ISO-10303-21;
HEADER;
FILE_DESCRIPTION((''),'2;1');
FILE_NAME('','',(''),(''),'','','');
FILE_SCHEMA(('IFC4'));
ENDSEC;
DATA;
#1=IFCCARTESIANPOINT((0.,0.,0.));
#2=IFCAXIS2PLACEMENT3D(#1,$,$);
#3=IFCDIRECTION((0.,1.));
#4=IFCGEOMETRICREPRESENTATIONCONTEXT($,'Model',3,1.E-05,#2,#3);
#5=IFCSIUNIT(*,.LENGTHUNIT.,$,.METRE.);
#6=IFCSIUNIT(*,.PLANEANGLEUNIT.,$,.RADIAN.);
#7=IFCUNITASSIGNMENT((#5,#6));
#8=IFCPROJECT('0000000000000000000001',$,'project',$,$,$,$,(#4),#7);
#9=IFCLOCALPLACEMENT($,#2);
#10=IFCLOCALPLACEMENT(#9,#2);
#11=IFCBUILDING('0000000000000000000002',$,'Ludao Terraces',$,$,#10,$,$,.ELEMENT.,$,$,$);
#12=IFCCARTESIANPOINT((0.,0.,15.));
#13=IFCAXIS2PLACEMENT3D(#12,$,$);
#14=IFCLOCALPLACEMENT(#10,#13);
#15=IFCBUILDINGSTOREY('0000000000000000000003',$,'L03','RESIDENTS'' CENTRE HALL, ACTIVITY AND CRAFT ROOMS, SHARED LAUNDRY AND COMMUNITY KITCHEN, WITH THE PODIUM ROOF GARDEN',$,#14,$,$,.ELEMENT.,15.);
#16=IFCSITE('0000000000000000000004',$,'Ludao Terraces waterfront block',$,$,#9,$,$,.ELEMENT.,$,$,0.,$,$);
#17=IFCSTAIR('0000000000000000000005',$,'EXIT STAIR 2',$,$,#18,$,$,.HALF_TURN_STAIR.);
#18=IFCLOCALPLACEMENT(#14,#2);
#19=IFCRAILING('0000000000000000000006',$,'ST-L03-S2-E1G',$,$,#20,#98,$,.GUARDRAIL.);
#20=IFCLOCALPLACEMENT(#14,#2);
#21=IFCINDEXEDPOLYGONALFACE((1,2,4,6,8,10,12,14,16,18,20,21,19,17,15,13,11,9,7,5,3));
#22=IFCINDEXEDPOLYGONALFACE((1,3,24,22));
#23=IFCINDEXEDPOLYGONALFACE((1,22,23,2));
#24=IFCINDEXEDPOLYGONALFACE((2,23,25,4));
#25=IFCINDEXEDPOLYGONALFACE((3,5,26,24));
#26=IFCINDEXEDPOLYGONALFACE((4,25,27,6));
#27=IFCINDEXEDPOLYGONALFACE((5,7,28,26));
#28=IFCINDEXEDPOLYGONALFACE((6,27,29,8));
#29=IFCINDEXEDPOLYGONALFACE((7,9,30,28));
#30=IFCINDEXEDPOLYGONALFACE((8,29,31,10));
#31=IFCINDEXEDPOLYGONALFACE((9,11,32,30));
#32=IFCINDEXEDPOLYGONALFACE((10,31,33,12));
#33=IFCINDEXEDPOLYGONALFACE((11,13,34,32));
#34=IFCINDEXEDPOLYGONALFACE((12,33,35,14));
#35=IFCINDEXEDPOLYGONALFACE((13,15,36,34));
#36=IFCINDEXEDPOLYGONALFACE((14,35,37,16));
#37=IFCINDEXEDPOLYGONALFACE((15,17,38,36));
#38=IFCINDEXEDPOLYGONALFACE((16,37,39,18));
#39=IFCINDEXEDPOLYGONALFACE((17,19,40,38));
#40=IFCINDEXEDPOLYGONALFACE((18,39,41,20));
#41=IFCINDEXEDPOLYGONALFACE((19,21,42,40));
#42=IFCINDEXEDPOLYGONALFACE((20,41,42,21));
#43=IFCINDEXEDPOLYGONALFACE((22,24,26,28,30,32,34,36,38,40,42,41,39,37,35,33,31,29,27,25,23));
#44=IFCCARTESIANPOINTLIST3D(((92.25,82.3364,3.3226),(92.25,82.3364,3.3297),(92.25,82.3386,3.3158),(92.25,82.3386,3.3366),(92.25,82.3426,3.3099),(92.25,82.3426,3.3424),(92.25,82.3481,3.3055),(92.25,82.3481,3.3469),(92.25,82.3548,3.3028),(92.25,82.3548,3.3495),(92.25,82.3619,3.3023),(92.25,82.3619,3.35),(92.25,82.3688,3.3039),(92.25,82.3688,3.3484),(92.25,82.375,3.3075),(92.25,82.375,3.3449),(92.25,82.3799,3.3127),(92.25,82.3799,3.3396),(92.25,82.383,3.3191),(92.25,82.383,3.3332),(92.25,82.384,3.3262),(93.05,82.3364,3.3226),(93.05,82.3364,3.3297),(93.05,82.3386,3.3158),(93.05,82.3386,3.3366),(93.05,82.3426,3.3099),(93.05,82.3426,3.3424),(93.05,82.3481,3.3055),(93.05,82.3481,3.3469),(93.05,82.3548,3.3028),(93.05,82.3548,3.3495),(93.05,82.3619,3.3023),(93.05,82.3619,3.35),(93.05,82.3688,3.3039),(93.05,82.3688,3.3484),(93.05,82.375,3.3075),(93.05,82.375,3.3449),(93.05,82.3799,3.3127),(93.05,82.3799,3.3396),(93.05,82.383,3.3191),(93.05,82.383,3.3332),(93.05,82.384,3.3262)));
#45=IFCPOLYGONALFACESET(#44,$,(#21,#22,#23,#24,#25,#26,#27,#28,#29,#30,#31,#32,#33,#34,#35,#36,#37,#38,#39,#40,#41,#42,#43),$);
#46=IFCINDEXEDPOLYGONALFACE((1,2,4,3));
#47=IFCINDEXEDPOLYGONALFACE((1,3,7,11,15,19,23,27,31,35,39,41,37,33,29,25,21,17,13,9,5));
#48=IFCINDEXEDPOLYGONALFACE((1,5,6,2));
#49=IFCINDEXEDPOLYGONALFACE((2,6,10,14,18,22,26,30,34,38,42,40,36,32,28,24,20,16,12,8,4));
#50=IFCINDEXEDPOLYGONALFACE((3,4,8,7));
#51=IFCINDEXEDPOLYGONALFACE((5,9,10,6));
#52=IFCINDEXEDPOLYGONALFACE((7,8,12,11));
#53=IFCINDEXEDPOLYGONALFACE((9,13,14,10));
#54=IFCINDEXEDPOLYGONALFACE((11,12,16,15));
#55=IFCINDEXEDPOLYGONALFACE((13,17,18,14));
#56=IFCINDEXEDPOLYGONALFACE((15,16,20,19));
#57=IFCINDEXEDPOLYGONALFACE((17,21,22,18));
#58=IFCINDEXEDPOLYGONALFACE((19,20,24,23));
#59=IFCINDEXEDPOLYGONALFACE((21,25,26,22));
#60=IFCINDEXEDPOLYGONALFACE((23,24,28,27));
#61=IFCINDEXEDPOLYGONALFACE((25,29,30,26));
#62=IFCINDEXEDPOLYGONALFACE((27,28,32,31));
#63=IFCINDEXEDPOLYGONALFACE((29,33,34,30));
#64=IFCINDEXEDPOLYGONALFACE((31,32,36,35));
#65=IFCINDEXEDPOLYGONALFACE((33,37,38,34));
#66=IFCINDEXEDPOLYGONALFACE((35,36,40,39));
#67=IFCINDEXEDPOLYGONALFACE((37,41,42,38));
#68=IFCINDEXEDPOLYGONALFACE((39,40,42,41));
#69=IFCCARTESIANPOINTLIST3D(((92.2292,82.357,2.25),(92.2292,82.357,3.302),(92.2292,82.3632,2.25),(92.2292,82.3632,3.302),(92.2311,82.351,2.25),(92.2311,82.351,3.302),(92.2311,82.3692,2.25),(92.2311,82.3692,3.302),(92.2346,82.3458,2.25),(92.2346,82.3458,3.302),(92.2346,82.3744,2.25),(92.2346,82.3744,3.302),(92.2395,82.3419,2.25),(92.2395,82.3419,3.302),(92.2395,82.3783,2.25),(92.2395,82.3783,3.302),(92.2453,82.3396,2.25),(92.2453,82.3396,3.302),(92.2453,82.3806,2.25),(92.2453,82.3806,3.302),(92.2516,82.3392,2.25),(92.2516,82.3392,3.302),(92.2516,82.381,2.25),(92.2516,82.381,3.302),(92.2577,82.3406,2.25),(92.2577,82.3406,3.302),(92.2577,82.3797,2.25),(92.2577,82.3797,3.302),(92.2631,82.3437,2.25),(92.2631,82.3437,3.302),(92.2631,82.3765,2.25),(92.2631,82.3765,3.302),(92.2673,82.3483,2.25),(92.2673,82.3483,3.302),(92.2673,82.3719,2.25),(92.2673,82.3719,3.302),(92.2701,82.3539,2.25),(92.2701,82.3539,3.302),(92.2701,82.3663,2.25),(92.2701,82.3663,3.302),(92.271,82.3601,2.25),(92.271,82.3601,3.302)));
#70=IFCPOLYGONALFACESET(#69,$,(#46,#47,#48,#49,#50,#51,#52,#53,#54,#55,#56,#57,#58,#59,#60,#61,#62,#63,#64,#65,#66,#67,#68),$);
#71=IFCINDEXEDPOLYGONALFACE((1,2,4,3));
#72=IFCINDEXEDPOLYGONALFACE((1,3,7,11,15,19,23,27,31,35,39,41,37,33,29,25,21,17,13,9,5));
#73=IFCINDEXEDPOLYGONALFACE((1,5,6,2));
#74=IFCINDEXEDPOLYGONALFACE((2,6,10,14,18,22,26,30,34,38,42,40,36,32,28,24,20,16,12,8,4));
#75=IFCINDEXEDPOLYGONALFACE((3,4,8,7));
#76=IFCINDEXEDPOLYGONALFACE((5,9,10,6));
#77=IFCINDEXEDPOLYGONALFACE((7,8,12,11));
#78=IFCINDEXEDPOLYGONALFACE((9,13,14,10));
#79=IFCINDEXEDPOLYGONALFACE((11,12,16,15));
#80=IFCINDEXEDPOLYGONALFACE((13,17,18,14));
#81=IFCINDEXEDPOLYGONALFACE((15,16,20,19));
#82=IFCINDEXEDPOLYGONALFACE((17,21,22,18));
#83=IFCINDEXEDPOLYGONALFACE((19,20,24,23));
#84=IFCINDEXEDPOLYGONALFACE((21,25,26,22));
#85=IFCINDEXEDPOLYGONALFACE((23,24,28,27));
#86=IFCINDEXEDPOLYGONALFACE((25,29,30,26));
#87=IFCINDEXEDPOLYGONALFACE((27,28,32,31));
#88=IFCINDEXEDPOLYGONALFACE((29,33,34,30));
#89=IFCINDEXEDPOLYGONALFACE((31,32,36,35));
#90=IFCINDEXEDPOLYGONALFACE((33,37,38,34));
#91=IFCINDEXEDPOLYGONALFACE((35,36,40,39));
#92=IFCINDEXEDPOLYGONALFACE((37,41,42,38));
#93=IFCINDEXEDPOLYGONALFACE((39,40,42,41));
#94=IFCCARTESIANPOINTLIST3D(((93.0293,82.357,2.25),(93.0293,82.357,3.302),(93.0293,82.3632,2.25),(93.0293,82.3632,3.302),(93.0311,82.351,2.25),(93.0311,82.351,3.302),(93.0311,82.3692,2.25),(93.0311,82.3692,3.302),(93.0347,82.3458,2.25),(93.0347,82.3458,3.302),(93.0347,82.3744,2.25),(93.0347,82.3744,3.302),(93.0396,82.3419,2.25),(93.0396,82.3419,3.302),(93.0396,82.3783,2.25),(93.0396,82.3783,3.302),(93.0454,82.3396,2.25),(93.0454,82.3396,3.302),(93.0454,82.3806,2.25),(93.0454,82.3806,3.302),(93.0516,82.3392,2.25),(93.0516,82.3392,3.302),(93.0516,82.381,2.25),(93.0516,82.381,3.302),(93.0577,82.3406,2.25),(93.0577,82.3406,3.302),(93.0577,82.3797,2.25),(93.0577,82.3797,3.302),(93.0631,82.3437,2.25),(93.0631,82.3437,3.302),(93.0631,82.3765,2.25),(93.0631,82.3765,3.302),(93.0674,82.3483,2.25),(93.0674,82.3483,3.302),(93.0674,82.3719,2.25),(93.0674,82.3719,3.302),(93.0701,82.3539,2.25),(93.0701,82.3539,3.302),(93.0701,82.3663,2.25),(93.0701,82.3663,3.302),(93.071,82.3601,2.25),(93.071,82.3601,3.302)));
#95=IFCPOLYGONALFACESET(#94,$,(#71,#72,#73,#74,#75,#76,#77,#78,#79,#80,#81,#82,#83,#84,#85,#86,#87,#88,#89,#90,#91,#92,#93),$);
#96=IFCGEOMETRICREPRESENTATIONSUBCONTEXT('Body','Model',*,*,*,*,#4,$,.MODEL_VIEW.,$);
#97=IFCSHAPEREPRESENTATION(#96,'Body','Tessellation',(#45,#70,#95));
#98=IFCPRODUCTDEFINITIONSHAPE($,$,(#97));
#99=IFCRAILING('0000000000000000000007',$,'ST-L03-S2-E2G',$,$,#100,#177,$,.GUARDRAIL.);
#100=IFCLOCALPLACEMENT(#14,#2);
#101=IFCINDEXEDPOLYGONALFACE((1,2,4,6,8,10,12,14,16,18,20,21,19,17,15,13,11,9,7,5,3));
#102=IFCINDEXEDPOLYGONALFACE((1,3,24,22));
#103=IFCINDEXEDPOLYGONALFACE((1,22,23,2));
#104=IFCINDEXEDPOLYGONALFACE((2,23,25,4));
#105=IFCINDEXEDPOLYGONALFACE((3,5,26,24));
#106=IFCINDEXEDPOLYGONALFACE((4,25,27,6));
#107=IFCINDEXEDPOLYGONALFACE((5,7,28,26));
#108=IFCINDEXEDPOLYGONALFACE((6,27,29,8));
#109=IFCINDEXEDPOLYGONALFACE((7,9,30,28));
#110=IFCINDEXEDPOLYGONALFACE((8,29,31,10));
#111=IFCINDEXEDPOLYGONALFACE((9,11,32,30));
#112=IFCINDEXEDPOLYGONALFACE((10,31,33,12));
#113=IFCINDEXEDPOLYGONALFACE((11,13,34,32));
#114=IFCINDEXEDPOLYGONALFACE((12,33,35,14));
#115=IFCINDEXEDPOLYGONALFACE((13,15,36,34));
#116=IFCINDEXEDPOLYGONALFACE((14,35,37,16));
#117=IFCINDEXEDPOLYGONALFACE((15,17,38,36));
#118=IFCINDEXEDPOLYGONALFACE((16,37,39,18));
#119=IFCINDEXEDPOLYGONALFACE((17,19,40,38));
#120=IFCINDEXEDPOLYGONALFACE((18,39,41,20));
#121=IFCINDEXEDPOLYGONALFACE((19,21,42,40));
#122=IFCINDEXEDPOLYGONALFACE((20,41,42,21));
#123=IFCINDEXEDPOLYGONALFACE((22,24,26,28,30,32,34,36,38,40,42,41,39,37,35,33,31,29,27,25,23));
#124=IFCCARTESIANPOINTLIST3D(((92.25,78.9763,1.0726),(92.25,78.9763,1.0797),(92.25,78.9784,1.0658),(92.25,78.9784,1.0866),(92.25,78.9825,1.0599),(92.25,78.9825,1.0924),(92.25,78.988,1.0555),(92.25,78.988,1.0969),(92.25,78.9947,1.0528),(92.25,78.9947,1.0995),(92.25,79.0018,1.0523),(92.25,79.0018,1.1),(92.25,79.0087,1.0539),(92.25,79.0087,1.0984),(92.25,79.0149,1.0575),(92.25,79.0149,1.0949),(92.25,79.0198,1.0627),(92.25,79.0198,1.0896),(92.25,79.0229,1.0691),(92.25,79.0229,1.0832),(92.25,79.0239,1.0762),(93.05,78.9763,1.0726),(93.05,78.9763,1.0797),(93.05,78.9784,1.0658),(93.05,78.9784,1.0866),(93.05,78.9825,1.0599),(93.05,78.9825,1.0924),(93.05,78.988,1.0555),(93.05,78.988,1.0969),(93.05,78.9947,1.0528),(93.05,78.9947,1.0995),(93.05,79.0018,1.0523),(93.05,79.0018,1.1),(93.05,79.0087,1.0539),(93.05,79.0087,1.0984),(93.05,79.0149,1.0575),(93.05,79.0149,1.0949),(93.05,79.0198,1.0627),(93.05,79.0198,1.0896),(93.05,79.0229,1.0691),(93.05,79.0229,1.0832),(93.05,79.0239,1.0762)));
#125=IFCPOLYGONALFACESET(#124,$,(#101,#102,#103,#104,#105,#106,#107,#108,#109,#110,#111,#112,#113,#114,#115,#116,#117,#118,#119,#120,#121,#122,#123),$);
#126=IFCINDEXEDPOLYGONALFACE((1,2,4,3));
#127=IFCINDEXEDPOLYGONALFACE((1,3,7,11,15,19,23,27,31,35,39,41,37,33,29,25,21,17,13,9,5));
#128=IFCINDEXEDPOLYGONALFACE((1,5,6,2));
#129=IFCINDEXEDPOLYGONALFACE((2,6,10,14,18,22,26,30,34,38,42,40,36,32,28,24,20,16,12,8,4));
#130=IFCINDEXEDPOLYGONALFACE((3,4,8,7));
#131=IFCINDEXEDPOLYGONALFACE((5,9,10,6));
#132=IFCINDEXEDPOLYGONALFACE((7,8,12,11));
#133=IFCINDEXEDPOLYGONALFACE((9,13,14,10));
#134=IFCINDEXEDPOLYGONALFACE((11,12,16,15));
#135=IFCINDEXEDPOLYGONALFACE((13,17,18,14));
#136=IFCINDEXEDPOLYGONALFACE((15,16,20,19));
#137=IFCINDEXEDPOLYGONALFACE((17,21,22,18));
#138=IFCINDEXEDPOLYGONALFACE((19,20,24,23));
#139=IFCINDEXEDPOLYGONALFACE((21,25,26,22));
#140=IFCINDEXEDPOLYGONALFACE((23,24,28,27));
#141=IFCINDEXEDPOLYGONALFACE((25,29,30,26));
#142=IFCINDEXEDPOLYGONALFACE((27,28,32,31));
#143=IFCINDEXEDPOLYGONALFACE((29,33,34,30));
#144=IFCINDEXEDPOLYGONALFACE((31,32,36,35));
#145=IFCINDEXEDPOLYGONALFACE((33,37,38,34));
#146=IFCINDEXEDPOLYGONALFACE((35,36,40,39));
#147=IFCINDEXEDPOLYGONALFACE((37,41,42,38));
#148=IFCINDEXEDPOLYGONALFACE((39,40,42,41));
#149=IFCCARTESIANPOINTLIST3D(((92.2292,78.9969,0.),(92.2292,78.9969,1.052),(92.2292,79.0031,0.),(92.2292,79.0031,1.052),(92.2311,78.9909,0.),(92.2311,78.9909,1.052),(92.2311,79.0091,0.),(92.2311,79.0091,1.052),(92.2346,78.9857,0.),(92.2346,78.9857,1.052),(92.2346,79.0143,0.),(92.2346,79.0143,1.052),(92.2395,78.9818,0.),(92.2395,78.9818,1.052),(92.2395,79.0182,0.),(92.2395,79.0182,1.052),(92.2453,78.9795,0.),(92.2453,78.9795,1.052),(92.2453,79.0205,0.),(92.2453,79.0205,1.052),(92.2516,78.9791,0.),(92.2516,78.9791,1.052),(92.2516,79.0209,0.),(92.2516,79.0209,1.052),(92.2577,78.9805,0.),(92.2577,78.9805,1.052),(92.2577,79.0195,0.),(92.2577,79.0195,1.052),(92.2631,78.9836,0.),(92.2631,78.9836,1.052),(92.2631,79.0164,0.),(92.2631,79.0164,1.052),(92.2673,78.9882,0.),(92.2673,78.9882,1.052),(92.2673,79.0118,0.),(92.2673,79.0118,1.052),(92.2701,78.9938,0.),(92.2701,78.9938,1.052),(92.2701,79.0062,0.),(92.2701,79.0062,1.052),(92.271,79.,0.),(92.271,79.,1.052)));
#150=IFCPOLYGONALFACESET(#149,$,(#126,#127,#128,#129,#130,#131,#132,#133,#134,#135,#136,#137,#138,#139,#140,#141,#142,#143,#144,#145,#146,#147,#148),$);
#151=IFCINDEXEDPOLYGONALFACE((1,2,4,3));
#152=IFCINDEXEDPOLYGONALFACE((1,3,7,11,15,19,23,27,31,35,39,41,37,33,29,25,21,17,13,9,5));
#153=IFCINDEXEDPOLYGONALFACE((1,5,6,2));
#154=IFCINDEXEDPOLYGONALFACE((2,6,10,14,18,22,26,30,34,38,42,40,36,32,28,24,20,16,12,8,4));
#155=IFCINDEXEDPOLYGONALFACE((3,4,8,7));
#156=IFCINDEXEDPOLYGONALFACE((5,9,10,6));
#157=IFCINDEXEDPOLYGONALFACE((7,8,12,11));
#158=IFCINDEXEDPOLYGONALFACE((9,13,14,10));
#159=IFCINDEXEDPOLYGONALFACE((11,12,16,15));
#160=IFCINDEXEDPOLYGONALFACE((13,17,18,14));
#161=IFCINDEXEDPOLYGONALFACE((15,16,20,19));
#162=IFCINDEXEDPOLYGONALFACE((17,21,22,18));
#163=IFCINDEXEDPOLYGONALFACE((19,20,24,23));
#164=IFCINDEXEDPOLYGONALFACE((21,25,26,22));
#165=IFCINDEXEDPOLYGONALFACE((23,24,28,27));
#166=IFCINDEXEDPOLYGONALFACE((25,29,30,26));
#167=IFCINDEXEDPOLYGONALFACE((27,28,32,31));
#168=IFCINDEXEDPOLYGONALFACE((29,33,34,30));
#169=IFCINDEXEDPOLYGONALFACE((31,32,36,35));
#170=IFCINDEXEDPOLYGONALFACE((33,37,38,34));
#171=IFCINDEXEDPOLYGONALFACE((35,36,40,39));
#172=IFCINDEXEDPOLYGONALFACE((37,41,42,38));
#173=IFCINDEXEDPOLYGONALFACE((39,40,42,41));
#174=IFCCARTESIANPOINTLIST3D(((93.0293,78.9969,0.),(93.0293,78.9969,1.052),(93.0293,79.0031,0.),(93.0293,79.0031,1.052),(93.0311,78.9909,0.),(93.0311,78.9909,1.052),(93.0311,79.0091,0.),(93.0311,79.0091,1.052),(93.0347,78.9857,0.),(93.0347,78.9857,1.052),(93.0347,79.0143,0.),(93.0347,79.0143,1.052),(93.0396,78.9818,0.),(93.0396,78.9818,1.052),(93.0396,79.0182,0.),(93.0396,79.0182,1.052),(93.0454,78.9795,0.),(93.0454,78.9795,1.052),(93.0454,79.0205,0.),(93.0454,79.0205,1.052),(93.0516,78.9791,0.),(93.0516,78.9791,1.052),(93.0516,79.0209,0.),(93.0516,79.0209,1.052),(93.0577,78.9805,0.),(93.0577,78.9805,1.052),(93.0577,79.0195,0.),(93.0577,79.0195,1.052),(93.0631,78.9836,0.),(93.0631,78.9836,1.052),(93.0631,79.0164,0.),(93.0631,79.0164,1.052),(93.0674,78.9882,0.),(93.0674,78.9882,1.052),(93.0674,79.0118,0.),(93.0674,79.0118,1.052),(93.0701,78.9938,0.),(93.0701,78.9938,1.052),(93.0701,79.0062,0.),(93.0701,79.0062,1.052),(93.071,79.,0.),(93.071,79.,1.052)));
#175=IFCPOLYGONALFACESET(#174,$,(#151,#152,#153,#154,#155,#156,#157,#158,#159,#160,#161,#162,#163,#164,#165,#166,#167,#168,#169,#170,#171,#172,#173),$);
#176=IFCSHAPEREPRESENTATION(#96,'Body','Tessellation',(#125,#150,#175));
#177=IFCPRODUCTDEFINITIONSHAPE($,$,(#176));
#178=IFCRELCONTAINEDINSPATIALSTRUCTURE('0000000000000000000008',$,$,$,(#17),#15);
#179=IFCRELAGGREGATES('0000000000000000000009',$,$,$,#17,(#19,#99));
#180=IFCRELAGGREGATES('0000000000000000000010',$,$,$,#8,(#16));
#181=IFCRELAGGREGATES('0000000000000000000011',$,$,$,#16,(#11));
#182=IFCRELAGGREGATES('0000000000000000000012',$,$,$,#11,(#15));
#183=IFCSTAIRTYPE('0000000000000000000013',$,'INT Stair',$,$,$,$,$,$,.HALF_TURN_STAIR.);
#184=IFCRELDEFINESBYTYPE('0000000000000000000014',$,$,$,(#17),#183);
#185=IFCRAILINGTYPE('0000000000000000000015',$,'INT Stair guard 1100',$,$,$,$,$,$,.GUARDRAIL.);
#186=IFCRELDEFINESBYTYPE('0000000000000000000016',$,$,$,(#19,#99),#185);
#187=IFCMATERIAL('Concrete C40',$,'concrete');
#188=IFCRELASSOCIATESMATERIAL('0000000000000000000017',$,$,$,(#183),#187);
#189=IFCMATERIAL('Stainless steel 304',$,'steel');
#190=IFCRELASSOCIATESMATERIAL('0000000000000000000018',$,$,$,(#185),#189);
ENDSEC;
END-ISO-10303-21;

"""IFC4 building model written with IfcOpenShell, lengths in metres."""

from ifc_helpers import new_model, si_unit, direction, frame, origin, origin_2d, place, context, subcontext, project, spatial, circle, extrude, material, type_object, element, aggregate, save


model = new_model("IFC4")

# Units and contexts
model_context = context("Model", 3, precision=1e-05, world=origin(), true_north=direction((0.0, 1.0)))
body_context = subcontext(model_context, "Body", "Model", "MODEL_VIEW")
ifc_project = project(units=[si_unit("LENGTHUNIT", "METRE"), si_unit("PLANEANGLEUNIT", "RADIAN")], contexts=[model_context])

# Site, building, storey
site_placement = place(None, origin())
site = spatial("IfcSite", under=ifc_project, at=site_placement, Name="Ludao Terraces waterfront block", CompositionType="ELEMENT", RefElevation=0.0)
building_placement = place(site_placement, origin())
building = spatial("IfcBuilding", under=site, at=building_placement, Name="Ludao Terraces", CompositionType="ELEMENT")
storey_placement = place(building_placement, frame((0.0, 0.0, 15.0)))
storey = spatial("IfcBuildingStorey", under=building, at=storey_placement, Name="L03", Description="RESIDENTS' CENTRE HALL, ACTIVITY AND CRAFT ROOMS, SHARED LAUNDRY AND COMMUNITY KITCHEN, WITH THE PODIUM ROOF GARDEN", CompositionType="ELEMENT", Elevation=15.0)

# Stair, railings
ifc_material_1 = material(Name="Concrete C40", Category="concrete")
stair_type = type_object("IfcStairType", Name="INT Stair", PredefinedType="HALF_TURN_STAIR", material=ifc_material_1)
stair_placement = place(storey_placement, origin())
stair = element("IfcStair", 1, at=stair_placement, inside=storey, type_object=stair_type, Name="EXIT STAIR 2", PredefinedType="HALF_TURN_STAIR")
ifc_material_2 = material(Name="Stainless steel 304", Category="steel")
railing_type_1 = type_object("IfcRailingType", Name="INT Stair guard 1100", PredefinedType="GUARDRAIL", material=ifc_material_2)
railing_1_placement = place(storey_placement, frame((92.25, 82.3601, 2.25)))
railing_1 = element("IfcRailing", 2, at=railing_1_placement, type_object=railing_type_1, Name="ST-L03-S2-E1G", PredefinedType="GUARDRAIL", context=body_context, shape_type="SweptSolid", body=[
    extrude(circle(Radius=0.0239, at=origin_2d()), frame((0.0, 0.0, 1.0762), z_axis=(1.0, 0.0, 0.0), x_axis=(0.0, 1.0, 0.0)), (0.0, 0.0, 1.0), 0.8),
    extrude(circle(Radius=0.021, at=origin_2d()), origin(), (0.0, 0.0, 1.0), 1.052),
    extrude(circle(Radius=0.021, at=origin_2d()), frame((0.8, 0.0, 0.0)), (0.0, 0.0, 1.0), 1.052),
])
railing_2_placement = place(storey_placement, frame((92.25, 79.0, 0.0)))
railing_2 = element("IfcRailing", 3, at=railing_2_placement, type_object=railing_type_1, Name="ST-L03-S2-E2G", PredefinedType="GUARDRAIL", context=body_context, shape_type="SweptSolid", body=[
    extrude(circle(Radius=0.0239, at=origin_2d()), frame((0.0, 0.0, 1.0762), z_axis=(1.0, 0.0, 0.0), x_axis=(0.0, 1.0, 0.0)), (0.0, 0.0, 1.0), 0.8),
    extrude(circle(Radius=0.021, at=origin_2d()), origin(), (0.0, 0.0, 1.0), 1.052),
    extrude(circle(Radius=0.021, at=origin_2d()), frame((0.8, 0.0, 0.0)), (0.0, 0.0, 1.0), 1.052),
])
aggregate(stair, [railing_1, railing_2])

save(model, "model.ifc")
